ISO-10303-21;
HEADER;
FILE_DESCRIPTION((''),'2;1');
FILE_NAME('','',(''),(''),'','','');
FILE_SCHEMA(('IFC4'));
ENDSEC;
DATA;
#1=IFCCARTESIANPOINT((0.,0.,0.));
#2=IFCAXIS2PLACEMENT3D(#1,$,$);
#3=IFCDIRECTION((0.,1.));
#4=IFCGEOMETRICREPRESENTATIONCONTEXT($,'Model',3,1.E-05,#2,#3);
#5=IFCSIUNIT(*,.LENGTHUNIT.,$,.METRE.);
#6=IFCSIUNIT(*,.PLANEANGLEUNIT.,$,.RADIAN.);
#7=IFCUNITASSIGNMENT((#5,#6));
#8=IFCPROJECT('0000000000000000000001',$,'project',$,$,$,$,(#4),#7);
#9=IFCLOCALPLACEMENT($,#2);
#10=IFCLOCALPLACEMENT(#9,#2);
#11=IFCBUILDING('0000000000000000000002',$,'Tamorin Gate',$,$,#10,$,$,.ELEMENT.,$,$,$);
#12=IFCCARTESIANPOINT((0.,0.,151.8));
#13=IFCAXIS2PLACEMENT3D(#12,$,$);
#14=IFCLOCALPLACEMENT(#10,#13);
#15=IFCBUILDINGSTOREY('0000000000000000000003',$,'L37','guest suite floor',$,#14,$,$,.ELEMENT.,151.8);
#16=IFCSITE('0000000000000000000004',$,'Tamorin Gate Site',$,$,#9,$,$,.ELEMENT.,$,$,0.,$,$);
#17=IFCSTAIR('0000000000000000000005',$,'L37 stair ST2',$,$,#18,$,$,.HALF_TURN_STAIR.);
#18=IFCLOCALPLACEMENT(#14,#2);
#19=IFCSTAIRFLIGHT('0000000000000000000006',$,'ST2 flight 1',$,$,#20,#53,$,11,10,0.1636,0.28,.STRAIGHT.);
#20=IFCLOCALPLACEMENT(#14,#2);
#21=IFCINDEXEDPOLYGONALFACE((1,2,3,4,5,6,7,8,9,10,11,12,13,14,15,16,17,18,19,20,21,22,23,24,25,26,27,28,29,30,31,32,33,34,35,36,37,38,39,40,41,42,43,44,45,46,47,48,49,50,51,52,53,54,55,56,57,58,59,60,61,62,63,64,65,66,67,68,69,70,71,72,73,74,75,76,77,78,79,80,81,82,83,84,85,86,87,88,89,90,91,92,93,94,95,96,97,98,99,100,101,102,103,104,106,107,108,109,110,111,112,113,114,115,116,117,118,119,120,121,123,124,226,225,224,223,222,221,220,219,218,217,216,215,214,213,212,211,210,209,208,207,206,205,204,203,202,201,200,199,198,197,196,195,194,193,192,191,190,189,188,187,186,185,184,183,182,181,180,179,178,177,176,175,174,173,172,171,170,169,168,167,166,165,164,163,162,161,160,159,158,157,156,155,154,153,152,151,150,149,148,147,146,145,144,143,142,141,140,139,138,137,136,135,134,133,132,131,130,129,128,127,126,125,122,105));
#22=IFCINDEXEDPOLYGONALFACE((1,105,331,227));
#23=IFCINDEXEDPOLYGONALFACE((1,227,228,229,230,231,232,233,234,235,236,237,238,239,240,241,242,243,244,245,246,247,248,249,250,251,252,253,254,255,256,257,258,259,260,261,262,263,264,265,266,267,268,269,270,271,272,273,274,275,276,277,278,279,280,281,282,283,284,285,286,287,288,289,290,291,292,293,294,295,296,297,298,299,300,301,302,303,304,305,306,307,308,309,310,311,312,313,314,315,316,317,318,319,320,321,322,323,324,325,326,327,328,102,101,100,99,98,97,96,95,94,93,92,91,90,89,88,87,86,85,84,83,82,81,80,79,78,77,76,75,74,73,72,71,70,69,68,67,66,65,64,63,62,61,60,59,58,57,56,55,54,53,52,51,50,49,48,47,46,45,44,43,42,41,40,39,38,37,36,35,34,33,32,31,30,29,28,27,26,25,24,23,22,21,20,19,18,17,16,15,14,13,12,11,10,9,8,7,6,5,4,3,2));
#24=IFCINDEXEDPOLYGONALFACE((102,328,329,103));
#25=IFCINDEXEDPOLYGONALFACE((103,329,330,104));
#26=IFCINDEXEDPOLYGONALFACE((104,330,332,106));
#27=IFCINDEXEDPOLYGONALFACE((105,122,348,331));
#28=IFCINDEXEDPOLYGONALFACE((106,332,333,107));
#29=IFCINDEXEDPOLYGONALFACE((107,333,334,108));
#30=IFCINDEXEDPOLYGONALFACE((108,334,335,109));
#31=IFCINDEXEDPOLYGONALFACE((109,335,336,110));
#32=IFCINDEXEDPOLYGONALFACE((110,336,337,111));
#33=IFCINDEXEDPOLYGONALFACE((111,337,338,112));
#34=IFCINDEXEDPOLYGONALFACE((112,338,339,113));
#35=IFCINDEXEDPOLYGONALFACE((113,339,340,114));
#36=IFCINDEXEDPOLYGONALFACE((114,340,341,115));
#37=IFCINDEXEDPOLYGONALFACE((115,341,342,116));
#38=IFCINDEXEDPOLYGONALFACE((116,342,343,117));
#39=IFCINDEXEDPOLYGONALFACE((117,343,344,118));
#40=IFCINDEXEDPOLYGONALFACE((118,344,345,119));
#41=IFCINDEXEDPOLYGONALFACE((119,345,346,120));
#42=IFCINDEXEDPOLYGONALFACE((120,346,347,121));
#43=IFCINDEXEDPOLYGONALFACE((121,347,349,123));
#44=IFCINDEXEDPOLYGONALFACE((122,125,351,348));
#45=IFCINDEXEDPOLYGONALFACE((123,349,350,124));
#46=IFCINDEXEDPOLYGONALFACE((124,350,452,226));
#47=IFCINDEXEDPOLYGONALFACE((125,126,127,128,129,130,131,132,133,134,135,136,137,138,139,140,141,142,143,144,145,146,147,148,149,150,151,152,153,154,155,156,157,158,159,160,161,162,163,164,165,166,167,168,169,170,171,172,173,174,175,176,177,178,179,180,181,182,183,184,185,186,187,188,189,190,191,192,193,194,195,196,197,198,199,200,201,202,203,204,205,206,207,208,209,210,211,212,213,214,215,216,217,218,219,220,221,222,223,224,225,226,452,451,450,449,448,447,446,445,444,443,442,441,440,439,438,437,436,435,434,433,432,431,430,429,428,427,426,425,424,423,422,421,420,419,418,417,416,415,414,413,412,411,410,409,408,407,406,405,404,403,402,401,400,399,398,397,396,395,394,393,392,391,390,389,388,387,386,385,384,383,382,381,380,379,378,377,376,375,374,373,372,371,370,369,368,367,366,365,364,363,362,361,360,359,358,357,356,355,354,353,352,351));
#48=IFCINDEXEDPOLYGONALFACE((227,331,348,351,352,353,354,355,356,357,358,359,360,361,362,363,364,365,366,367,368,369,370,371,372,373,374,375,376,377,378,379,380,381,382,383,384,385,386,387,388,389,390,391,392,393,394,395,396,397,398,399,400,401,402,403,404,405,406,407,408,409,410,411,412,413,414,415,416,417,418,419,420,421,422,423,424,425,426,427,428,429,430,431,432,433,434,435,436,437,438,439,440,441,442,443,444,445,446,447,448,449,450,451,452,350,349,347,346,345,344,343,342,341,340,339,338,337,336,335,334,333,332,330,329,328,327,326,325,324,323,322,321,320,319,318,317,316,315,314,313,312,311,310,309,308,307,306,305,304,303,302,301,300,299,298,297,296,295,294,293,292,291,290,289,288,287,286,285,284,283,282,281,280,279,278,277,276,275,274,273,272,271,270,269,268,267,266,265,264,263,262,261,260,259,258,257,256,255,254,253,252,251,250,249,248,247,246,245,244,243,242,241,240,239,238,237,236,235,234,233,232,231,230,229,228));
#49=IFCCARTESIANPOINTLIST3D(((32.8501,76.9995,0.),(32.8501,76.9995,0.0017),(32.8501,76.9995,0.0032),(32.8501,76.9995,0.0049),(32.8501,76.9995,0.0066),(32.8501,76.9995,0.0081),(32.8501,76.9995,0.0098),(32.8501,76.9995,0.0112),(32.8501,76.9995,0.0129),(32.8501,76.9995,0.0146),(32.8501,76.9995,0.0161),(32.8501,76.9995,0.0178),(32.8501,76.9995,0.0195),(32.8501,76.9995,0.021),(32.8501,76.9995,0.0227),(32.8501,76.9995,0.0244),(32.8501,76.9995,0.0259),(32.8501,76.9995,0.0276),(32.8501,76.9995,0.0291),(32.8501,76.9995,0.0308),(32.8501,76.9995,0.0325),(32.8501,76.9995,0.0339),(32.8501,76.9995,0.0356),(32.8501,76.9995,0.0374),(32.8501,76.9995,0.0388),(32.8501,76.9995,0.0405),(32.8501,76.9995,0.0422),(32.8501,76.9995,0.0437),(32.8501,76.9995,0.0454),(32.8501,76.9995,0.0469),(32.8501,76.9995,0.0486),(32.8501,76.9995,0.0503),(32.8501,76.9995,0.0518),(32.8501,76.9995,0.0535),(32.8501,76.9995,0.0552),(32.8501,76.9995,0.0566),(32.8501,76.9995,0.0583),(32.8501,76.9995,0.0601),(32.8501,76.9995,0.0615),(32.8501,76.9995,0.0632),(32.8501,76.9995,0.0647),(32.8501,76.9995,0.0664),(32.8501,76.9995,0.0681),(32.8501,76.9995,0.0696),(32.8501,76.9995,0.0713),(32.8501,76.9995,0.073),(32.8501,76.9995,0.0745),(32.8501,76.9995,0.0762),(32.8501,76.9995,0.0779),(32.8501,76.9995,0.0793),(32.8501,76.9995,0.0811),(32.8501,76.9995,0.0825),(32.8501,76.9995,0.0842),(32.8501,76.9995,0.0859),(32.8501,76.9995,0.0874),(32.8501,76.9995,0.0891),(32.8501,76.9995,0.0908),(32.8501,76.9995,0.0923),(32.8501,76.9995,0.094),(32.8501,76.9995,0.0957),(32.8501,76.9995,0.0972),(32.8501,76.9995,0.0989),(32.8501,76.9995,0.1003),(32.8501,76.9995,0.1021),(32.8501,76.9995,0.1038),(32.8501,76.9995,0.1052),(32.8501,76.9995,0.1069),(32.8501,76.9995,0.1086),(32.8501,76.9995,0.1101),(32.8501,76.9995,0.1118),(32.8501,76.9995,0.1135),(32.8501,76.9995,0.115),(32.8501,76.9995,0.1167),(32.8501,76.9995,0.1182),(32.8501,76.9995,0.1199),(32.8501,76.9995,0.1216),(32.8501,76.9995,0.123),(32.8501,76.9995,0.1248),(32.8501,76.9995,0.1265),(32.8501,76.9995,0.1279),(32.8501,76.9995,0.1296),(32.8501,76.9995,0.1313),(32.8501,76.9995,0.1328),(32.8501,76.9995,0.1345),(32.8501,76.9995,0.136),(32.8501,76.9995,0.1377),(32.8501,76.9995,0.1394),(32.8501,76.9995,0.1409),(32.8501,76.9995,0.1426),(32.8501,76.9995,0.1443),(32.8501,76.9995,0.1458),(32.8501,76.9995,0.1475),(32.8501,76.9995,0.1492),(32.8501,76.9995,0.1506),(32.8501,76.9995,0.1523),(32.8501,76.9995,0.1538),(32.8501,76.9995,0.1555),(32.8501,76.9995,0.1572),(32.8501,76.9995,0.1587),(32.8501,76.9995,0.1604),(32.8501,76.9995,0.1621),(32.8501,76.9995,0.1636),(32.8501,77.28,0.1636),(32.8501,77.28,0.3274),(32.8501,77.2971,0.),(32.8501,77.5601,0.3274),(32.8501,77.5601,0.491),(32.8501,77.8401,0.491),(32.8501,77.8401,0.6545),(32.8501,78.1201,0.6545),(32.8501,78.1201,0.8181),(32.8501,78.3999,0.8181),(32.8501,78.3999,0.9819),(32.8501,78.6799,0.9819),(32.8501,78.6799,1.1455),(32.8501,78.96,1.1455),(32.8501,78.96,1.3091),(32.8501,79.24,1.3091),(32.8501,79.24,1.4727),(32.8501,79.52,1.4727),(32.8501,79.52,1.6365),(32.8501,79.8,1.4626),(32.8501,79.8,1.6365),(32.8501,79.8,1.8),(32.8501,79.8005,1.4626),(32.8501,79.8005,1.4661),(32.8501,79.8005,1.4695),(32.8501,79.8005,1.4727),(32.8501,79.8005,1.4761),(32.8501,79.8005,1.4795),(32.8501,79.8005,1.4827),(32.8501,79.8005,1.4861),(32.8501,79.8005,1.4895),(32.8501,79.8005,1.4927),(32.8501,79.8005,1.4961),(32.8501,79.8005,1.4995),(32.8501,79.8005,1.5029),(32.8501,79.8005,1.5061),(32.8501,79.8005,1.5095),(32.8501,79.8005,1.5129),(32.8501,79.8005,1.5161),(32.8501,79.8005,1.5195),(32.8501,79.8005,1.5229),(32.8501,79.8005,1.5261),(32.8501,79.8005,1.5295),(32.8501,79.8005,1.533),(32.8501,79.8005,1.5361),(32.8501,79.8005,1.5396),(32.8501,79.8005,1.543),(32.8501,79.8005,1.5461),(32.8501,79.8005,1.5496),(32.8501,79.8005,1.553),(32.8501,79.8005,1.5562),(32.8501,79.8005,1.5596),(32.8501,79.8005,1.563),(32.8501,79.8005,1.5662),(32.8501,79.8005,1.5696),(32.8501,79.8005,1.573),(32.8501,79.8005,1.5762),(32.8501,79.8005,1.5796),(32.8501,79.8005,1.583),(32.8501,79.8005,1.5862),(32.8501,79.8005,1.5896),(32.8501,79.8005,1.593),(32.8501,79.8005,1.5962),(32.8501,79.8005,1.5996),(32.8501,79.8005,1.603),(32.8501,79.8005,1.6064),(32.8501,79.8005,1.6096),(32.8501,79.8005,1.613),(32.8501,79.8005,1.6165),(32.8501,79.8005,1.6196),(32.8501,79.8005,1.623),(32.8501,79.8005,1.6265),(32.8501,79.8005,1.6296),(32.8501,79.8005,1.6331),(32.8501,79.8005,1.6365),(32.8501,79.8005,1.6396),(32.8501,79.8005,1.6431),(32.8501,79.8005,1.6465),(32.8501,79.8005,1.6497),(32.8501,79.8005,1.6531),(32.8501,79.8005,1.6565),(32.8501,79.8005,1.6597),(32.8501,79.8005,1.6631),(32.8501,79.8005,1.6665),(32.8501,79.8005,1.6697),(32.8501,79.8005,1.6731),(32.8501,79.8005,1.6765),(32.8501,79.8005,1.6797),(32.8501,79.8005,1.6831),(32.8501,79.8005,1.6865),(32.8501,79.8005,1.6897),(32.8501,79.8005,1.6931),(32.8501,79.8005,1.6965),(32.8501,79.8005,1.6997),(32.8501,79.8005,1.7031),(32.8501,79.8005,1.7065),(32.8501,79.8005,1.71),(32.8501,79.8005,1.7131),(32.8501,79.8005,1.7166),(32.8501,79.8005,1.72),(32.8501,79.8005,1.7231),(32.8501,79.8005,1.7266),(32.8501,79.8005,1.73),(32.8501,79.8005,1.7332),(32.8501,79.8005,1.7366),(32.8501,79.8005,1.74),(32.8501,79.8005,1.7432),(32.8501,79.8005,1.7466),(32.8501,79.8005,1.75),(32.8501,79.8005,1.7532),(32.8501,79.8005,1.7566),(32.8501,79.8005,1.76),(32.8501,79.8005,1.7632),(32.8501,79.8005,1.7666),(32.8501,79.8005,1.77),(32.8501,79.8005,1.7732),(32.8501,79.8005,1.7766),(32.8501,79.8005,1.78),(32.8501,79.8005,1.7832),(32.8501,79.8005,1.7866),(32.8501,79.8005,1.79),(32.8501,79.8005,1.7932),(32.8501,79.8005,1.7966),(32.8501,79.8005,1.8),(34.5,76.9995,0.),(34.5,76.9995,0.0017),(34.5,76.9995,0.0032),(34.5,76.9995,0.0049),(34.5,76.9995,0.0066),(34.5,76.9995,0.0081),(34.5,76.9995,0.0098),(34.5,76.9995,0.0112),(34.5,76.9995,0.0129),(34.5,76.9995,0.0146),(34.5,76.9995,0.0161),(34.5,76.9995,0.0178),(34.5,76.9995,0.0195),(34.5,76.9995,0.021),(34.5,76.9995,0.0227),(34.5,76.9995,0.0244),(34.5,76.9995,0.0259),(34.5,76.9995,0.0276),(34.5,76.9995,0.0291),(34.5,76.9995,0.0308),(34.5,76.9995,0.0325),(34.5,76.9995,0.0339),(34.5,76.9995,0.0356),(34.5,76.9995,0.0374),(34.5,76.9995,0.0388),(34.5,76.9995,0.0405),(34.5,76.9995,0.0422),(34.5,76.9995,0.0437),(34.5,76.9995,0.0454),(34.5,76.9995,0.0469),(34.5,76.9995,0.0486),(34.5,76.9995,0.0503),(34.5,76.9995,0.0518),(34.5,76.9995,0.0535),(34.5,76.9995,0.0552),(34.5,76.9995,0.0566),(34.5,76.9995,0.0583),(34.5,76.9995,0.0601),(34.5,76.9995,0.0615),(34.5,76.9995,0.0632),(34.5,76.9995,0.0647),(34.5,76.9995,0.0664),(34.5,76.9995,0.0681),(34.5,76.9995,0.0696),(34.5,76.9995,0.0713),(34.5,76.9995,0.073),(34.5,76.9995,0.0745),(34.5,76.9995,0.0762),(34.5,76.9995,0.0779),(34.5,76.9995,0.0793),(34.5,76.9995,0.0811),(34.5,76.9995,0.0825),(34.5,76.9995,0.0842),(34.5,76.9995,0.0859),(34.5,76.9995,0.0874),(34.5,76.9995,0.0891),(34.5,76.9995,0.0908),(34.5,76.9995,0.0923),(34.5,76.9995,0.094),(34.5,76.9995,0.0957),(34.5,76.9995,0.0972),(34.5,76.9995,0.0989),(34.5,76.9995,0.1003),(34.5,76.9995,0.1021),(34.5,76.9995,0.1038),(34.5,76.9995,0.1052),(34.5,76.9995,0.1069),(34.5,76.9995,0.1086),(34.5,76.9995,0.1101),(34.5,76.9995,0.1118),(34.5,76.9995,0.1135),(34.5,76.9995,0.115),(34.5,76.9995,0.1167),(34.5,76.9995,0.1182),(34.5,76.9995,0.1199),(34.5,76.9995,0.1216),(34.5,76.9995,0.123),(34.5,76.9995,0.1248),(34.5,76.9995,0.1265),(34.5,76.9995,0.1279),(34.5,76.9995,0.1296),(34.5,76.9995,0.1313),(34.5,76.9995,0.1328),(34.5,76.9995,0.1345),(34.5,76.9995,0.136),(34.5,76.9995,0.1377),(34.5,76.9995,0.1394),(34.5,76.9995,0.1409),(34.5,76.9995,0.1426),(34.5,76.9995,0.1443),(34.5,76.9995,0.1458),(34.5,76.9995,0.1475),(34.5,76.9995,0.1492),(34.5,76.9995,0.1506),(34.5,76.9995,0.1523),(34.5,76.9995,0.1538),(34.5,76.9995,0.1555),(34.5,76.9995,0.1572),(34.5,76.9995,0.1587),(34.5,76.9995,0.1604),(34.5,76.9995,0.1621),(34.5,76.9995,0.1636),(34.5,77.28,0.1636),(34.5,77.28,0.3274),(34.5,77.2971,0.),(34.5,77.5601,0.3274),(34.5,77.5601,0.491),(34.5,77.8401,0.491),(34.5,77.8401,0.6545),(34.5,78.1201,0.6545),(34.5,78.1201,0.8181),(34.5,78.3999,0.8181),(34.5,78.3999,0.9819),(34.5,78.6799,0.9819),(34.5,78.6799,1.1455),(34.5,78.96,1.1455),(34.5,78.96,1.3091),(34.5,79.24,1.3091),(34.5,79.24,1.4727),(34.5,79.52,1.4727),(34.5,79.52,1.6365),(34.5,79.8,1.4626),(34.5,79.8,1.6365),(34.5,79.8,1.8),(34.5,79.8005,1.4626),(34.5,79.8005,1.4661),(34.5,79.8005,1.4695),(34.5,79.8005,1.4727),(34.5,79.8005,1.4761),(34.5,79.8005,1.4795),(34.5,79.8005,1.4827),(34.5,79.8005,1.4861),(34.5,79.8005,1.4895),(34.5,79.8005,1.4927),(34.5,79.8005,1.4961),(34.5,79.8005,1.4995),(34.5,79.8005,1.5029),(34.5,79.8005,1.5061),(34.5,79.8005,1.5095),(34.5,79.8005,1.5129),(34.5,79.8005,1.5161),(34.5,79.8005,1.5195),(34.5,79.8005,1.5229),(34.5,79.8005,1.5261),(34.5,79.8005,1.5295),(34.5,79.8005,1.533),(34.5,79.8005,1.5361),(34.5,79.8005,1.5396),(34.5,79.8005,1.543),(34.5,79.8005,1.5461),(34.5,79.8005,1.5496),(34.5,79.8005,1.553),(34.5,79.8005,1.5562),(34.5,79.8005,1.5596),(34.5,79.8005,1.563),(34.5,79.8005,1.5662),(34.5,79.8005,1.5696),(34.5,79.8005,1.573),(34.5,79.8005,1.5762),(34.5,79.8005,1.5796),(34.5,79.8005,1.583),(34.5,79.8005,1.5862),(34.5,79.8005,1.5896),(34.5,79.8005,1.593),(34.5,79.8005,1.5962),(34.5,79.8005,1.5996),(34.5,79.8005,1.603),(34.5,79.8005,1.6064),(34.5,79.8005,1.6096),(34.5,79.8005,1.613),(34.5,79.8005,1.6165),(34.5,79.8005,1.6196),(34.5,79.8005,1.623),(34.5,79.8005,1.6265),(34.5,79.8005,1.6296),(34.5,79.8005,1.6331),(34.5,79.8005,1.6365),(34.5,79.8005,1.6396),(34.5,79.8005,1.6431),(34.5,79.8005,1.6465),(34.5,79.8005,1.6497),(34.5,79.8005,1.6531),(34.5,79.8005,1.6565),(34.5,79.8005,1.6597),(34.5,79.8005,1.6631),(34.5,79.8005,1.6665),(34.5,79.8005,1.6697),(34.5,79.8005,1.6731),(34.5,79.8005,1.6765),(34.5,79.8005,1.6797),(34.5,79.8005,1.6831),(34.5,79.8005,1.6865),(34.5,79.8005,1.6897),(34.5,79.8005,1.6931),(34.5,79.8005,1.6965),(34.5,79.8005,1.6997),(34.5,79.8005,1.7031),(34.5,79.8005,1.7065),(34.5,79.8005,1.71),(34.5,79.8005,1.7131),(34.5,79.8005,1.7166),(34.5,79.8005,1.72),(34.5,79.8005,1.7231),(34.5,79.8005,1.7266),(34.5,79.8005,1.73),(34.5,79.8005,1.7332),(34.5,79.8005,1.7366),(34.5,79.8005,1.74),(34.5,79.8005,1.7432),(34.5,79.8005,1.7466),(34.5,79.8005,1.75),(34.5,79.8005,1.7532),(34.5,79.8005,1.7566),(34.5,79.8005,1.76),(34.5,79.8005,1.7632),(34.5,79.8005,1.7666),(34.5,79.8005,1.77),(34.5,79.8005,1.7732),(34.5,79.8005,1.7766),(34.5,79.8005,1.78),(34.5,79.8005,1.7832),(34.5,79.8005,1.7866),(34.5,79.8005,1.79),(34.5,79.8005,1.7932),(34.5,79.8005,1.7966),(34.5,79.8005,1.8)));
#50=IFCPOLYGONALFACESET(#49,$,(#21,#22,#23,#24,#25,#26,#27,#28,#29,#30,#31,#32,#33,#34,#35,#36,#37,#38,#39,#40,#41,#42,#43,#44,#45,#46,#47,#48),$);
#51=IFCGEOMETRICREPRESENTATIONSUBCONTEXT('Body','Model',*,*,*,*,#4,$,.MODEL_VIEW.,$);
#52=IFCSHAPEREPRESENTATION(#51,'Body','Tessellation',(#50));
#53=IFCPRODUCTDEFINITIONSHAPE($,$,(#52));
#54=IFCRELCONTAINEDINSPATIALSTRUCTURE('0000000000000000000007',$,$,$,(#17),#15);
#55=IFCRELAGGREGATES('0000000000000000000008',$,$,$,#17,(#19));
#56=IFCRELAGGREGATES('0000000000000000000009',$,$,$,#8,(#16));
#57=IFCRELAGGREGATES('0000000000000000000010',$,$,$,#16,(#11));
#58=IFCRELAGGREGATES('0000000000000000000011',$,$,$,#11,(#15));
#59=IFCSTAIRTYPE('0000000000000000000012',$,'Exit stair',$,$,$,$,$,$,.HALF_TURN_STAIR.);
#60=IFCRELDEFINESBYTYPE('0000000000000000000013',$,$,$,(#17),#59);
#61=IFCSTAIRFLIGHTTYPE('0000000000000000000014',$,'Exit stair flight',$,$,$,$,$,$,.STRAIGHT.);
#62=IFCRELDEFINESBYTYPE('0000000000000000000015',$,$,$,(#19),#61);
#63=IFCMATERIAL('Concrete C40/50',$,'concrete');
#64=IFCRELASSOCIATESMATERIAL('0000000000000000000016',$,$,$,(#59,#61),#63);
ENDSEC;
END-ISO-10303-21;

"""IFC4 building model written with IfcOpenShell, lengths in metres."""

from ifc_helpers import new_model, si_unit, direction, frame, origin, place, context, subcontext, project, spatial, polyline, outline, extrude, material, type_object, element, aggregate, save


model = new_model("IFC4")

# Units and contexts
model_context = context("Model", 3, precision=1e-05, world=origin(), true_north=direction((0.0, 1.0)))
body_context = subcontext(model_context, "Body", "Model", "MODEL_VIEW")
ifc_project = project(units=[si_unit("LENGTHUNIT", "METRE"), si_unit("PLANEANGLEUNIT", "RADIAN")], contexts=[model_context])

# Site, building, storey
site_placement = place(None, origin())
site = spatial("IfcSite", under=ifc_project, at=site_placement, Name="Tamorin Gate Site", CompositionType="ELEMENT", RefElevation=0.0)
building_placement = place(site_placement, origin())
building = spatial("IfcBuilding", under=site, at=building_placement, Name="Tamorin Gate", CompositionType="ELEMENT")
storey_placement = place(building_placement, frame((0.0, 0.0, 151.8)))
storey = spatial("IfcBuildingStorey", under=building, at=storey_placement, Name="L37", Description="guest suite floor", CompositionType="ELEMENT", Elevation=151.8)

# Shared definitions
ifc_material_1 = material(Name="Concrete C40/50", Category="concrete")

# Stair, stair flight
stair_type = type_object("IfcStairType", Name="Exit stair", PredefinedType="HALF_TURN_STAIR", material=ifc_material_1)
stair_flight_type = type_object("IfcStairFlightType", Name="Exit stair flight", PredefinedType="STRAIGHT", material=ifc_material_1)
stair_1_placement = place(storey_placement, origin())
stair_1 = element("IfcStair", 1, at=stair_1_placement, inside=storey, type_object=stair_type, Name="L37 stair ST2", PredefinedType="HALF_TURN_STAIR")
stair_flight_1_placement = place(storey_placement, frame((33.675, 77.0, 0.0), z_axis=(0.0, 0.0, 1.0), x_axis=(0.0, 1.0, 0.0)))
stair_flight_1 = element("IfcStairFlight", 2, at=stair_flight_1_placement, type_object=stair_flight_type, Name="ST2 flight 1", NumberOfRisers=11, NumberOfTreads=10, PredefinedType="STRAIGHT", RiserHeight=0.1636, TreadLength=0.28, context=body_context, shape_type="SweptSolid", body=[
    extrude(outline(polyline([(-0.0005, 0.0), (-0.0005, 0.0017), (-0.0005, 0.0032), (-0.0005, 0.0049), (-0.0005, 0.0066), (-0.0005, 0.0081), (-0.0005, 0.0098), (-0.0005, 0.0112), (-0.0005, 0.0129), (-0.0005, 0.0146), (-0.0005, 0.0161), (-0.0005, 0.0178), (-0.0005, 0.0195), (-0.0005, 0.021), (-0.0005, 0.0227), (-0.0005, 0.0244), (-0.0005, 0.0259), (-0.0005, 0.0276), (-0.0005, 0.0291), (-0.0005, 0.0308), (-0.0005, 0.0325), (-0.0005, 0.0339), (-0.0005, 0.0356), (-0.0005, 0.0374), (-0.0005, 0.0388), (-0.0005, 0.0405), (-0.0005, 0.0422), (-0.0005, 0.0437), (-0.0005, 0.0454), (-0.0005, 0.0469), (-0.0005, 0.0486), (-0.0005, 0.0503), (-0.0005, 0.0518), (-0.0005, 0.0535), (-0.0005, 0.0552), (-0.0005, 0.0566), (-0.0005, 0.0583), (-0.0005, 0.0601), (-0.0005, 0.0615), (-0.0005, 0.0632), (-0.0005, 0.0647), (-0.0005, 0.0664), (-0.0005, 0.0681), (-0.0005, 0.0696), (-0.0005, 0.0713), (-0.0005, 0.073), (-0.0005, 0.0745), (-0.0005, 0.0762), (-0.0005, 0.0779), (-0.0005, 0.0793), (-0.0005, 0.0811), (-0.0005, 0.0825), (-0.0005, 0.0842), (-0.0005, 0.0859), (-0.0005, 0.0874), (-0.0005, 0.0891), (-0.0005, 0.0908), (-0.0005, 0.0923), (-0.0005, 0.094), (-0.0005, 0.0957), (-0.0005, 0.0972), (-0.0005, 0.0989), (-0.0005, 0.1003), (-0.0005, 0.1021), (-0.0005, 0.1038), (-0.0005, 0.1052), (-0.0005, 0.1069), (-0.0005, 0.1086), (-0.0005, 0.1101), (-0.0005, 0.1118), (-0.0005, 0.1135), (-0.0005, 0.115), (-0.0005, 0.1167), (-0.0005, 0.1182), (-0.0005, 0.1199), (-0.0005, 0.1216), (-0.0005, 0.123), (-0.0005, 0.1248), (-0.0005, 0.1265), (-0.0005, 0.1279), (-0.0005, 0.1296), (-0.0005, 0.1313), (-0.0005, 0.1328), (-0.0005, 0.1345), (-0.0005, 0.136), (-0.0005, 0.1377), (-0.0005, 0.1394), (-0.0005, 0.1409), (-0.0005, 0.1426), (-0.0005, 0.1443), (-0.0005, 0.1458), (-0.0005, 0.1475), (-0.0005, 0.1492), (-0.0005, 0.1506), (-0.0005, 0.1523), (-0.0005, 0.1538), (-0.0005, 0.1555), (-0.0005, 0.1572), (-0.0005, 0.1587), (-0.0005, 0.1604), (-0.0005, 0.1621), (-0.0005, 0.1636), (0.28, 0.1636), (0.28, 0.3274), (0.5601, 0.3274), (0.5601, 0.491), (0.8401, 0.491), (0.8401, 0.6545), (1.1201, 0.6545), (1.1201, 0.8181), (1.3999, 0.8181), (1.3999, 0.9819), (1.6799, 0.9819), (1.6799, 1.1455), (1.96, 1.1455), (1.96, 1.3091), (2.24, 1.3091), (2.24, 1.4727), (2.52, 1.4727), (2.52, 1.6365), (2.8, 1.6365), (2.8, 1.8), (2.8005, 1.8), (2.8005, 1.7966), (2.8005, 1.7932), (2.8005, 1.79), (2.8005, 1.7866), (2.8005, 1.7832), (2.8005, 1.78), (2.8005, 1.7766), (2.8005, 1.7732), (2.8005, 1.77), (2.8005, 1.7666), (2.8005, 1.7632), (2.8005, 1.76), (2.8005, 1.7566), (2.8005, 1.7532), (2.8005, 1.75), (2.8005, 1.7466), (2.8005, 1.7432), (2.8005, 1.74), (2.8005, 1.7366), (2.8005, 1.7332), (2.8005, 1.73), (2.8005, 1.7266), (2.8005, 1.7231), (2.8005, 1.72), (2.8005, 1.7166), (2.8005, 1.7131), (2.8005, 1.71), (2.8005, 1.7065), (2.8005, 1.7031), (2.8005, 1.6997), (2.8005, 1.6965), (2.8005, 1.6931), (2.8005, 1.6897), (2.8005, 1.6865), (2.8005, 1.6831), (2.8005, 1.6797), (2.8005, 1.6765), (2.8005, 1.6731), (2.8005, 1.6697), (2.8005, 1.6665), (2.8005, 1.6631), (2.8005, 1.6597), (2.8005, 1.6565), (2.8005, 1.6531), (2.8005, 1.6497), (2.8005, 1.6465), (2.8005, 1.6431), (2.8005, 1.6396), (2.8005, 1.6365), (2.8005, 1.6331), (2.8005, 1.6296), (2.8005, 1.6265), (2.8005, 1.623), (2.8005, 1.6196), (2.8005, 1.6165), (2.8005, 1.613), (2.8005, 1.6096), (2.8005, 1.6064), (2.8005, 1.603), (2.8005, 1.5996), (2.8005, 1.5962), (2.8005, 1.593), (2.8005, 1.5896), (2.8005, 1.5862), (2.8005, 1.583), (2.8005, 1.5796), (2.8005, 1.5762), (2.8005, 1.573), (2.8005, 1.5696), (2.8005, 1.5662), (2.8005, 1.563), (2.8005, 1.5596), (2.8005, 1.5562), (2.8005, 1.553), (2.8005, 1.5496), (2.8005, 1.5461), (2.8005, 1.543), (2.8005, 1.5396), (2.8005, 1.5361), (2.8005, 1.533), (2.8005, 1.5295), (2.8005, 1.5261), (2.8005, 1.5229), (2.8005, 1.5195), (2.8005, 1.5161), (2.8005, 1.5129), (2.8005, 1.5095), (2.8005, 1.5061), (2.8005, 1.5029), (2.8005, 1.4995), (2.8005, 1.4961), (2.8005, 1.4927), (2.8005, 1.4895), (2.8005, 1.4861), (2.8005, 1.4827), (2.8005, 1.4795), (2.8005, 1.4761), (2.8005, 1.4727), (2.8005, 1.4695), (2.8005, 1.4661), (2.8005, 1.4626), (2.8, 1.4626), (0.2971, 0.0), (-0.0005, 0.0)])), frame((0.0, 0.825, 0.0), z_axis=(0.0, -1.0, 0.0), x_axis=(1.0, 0.0, 0.0)), (0.0, 0.0, 1.0), 1.6499),
])
aggregate(stair_1, [stair_flight_1])

save(model, "model.ifc")
